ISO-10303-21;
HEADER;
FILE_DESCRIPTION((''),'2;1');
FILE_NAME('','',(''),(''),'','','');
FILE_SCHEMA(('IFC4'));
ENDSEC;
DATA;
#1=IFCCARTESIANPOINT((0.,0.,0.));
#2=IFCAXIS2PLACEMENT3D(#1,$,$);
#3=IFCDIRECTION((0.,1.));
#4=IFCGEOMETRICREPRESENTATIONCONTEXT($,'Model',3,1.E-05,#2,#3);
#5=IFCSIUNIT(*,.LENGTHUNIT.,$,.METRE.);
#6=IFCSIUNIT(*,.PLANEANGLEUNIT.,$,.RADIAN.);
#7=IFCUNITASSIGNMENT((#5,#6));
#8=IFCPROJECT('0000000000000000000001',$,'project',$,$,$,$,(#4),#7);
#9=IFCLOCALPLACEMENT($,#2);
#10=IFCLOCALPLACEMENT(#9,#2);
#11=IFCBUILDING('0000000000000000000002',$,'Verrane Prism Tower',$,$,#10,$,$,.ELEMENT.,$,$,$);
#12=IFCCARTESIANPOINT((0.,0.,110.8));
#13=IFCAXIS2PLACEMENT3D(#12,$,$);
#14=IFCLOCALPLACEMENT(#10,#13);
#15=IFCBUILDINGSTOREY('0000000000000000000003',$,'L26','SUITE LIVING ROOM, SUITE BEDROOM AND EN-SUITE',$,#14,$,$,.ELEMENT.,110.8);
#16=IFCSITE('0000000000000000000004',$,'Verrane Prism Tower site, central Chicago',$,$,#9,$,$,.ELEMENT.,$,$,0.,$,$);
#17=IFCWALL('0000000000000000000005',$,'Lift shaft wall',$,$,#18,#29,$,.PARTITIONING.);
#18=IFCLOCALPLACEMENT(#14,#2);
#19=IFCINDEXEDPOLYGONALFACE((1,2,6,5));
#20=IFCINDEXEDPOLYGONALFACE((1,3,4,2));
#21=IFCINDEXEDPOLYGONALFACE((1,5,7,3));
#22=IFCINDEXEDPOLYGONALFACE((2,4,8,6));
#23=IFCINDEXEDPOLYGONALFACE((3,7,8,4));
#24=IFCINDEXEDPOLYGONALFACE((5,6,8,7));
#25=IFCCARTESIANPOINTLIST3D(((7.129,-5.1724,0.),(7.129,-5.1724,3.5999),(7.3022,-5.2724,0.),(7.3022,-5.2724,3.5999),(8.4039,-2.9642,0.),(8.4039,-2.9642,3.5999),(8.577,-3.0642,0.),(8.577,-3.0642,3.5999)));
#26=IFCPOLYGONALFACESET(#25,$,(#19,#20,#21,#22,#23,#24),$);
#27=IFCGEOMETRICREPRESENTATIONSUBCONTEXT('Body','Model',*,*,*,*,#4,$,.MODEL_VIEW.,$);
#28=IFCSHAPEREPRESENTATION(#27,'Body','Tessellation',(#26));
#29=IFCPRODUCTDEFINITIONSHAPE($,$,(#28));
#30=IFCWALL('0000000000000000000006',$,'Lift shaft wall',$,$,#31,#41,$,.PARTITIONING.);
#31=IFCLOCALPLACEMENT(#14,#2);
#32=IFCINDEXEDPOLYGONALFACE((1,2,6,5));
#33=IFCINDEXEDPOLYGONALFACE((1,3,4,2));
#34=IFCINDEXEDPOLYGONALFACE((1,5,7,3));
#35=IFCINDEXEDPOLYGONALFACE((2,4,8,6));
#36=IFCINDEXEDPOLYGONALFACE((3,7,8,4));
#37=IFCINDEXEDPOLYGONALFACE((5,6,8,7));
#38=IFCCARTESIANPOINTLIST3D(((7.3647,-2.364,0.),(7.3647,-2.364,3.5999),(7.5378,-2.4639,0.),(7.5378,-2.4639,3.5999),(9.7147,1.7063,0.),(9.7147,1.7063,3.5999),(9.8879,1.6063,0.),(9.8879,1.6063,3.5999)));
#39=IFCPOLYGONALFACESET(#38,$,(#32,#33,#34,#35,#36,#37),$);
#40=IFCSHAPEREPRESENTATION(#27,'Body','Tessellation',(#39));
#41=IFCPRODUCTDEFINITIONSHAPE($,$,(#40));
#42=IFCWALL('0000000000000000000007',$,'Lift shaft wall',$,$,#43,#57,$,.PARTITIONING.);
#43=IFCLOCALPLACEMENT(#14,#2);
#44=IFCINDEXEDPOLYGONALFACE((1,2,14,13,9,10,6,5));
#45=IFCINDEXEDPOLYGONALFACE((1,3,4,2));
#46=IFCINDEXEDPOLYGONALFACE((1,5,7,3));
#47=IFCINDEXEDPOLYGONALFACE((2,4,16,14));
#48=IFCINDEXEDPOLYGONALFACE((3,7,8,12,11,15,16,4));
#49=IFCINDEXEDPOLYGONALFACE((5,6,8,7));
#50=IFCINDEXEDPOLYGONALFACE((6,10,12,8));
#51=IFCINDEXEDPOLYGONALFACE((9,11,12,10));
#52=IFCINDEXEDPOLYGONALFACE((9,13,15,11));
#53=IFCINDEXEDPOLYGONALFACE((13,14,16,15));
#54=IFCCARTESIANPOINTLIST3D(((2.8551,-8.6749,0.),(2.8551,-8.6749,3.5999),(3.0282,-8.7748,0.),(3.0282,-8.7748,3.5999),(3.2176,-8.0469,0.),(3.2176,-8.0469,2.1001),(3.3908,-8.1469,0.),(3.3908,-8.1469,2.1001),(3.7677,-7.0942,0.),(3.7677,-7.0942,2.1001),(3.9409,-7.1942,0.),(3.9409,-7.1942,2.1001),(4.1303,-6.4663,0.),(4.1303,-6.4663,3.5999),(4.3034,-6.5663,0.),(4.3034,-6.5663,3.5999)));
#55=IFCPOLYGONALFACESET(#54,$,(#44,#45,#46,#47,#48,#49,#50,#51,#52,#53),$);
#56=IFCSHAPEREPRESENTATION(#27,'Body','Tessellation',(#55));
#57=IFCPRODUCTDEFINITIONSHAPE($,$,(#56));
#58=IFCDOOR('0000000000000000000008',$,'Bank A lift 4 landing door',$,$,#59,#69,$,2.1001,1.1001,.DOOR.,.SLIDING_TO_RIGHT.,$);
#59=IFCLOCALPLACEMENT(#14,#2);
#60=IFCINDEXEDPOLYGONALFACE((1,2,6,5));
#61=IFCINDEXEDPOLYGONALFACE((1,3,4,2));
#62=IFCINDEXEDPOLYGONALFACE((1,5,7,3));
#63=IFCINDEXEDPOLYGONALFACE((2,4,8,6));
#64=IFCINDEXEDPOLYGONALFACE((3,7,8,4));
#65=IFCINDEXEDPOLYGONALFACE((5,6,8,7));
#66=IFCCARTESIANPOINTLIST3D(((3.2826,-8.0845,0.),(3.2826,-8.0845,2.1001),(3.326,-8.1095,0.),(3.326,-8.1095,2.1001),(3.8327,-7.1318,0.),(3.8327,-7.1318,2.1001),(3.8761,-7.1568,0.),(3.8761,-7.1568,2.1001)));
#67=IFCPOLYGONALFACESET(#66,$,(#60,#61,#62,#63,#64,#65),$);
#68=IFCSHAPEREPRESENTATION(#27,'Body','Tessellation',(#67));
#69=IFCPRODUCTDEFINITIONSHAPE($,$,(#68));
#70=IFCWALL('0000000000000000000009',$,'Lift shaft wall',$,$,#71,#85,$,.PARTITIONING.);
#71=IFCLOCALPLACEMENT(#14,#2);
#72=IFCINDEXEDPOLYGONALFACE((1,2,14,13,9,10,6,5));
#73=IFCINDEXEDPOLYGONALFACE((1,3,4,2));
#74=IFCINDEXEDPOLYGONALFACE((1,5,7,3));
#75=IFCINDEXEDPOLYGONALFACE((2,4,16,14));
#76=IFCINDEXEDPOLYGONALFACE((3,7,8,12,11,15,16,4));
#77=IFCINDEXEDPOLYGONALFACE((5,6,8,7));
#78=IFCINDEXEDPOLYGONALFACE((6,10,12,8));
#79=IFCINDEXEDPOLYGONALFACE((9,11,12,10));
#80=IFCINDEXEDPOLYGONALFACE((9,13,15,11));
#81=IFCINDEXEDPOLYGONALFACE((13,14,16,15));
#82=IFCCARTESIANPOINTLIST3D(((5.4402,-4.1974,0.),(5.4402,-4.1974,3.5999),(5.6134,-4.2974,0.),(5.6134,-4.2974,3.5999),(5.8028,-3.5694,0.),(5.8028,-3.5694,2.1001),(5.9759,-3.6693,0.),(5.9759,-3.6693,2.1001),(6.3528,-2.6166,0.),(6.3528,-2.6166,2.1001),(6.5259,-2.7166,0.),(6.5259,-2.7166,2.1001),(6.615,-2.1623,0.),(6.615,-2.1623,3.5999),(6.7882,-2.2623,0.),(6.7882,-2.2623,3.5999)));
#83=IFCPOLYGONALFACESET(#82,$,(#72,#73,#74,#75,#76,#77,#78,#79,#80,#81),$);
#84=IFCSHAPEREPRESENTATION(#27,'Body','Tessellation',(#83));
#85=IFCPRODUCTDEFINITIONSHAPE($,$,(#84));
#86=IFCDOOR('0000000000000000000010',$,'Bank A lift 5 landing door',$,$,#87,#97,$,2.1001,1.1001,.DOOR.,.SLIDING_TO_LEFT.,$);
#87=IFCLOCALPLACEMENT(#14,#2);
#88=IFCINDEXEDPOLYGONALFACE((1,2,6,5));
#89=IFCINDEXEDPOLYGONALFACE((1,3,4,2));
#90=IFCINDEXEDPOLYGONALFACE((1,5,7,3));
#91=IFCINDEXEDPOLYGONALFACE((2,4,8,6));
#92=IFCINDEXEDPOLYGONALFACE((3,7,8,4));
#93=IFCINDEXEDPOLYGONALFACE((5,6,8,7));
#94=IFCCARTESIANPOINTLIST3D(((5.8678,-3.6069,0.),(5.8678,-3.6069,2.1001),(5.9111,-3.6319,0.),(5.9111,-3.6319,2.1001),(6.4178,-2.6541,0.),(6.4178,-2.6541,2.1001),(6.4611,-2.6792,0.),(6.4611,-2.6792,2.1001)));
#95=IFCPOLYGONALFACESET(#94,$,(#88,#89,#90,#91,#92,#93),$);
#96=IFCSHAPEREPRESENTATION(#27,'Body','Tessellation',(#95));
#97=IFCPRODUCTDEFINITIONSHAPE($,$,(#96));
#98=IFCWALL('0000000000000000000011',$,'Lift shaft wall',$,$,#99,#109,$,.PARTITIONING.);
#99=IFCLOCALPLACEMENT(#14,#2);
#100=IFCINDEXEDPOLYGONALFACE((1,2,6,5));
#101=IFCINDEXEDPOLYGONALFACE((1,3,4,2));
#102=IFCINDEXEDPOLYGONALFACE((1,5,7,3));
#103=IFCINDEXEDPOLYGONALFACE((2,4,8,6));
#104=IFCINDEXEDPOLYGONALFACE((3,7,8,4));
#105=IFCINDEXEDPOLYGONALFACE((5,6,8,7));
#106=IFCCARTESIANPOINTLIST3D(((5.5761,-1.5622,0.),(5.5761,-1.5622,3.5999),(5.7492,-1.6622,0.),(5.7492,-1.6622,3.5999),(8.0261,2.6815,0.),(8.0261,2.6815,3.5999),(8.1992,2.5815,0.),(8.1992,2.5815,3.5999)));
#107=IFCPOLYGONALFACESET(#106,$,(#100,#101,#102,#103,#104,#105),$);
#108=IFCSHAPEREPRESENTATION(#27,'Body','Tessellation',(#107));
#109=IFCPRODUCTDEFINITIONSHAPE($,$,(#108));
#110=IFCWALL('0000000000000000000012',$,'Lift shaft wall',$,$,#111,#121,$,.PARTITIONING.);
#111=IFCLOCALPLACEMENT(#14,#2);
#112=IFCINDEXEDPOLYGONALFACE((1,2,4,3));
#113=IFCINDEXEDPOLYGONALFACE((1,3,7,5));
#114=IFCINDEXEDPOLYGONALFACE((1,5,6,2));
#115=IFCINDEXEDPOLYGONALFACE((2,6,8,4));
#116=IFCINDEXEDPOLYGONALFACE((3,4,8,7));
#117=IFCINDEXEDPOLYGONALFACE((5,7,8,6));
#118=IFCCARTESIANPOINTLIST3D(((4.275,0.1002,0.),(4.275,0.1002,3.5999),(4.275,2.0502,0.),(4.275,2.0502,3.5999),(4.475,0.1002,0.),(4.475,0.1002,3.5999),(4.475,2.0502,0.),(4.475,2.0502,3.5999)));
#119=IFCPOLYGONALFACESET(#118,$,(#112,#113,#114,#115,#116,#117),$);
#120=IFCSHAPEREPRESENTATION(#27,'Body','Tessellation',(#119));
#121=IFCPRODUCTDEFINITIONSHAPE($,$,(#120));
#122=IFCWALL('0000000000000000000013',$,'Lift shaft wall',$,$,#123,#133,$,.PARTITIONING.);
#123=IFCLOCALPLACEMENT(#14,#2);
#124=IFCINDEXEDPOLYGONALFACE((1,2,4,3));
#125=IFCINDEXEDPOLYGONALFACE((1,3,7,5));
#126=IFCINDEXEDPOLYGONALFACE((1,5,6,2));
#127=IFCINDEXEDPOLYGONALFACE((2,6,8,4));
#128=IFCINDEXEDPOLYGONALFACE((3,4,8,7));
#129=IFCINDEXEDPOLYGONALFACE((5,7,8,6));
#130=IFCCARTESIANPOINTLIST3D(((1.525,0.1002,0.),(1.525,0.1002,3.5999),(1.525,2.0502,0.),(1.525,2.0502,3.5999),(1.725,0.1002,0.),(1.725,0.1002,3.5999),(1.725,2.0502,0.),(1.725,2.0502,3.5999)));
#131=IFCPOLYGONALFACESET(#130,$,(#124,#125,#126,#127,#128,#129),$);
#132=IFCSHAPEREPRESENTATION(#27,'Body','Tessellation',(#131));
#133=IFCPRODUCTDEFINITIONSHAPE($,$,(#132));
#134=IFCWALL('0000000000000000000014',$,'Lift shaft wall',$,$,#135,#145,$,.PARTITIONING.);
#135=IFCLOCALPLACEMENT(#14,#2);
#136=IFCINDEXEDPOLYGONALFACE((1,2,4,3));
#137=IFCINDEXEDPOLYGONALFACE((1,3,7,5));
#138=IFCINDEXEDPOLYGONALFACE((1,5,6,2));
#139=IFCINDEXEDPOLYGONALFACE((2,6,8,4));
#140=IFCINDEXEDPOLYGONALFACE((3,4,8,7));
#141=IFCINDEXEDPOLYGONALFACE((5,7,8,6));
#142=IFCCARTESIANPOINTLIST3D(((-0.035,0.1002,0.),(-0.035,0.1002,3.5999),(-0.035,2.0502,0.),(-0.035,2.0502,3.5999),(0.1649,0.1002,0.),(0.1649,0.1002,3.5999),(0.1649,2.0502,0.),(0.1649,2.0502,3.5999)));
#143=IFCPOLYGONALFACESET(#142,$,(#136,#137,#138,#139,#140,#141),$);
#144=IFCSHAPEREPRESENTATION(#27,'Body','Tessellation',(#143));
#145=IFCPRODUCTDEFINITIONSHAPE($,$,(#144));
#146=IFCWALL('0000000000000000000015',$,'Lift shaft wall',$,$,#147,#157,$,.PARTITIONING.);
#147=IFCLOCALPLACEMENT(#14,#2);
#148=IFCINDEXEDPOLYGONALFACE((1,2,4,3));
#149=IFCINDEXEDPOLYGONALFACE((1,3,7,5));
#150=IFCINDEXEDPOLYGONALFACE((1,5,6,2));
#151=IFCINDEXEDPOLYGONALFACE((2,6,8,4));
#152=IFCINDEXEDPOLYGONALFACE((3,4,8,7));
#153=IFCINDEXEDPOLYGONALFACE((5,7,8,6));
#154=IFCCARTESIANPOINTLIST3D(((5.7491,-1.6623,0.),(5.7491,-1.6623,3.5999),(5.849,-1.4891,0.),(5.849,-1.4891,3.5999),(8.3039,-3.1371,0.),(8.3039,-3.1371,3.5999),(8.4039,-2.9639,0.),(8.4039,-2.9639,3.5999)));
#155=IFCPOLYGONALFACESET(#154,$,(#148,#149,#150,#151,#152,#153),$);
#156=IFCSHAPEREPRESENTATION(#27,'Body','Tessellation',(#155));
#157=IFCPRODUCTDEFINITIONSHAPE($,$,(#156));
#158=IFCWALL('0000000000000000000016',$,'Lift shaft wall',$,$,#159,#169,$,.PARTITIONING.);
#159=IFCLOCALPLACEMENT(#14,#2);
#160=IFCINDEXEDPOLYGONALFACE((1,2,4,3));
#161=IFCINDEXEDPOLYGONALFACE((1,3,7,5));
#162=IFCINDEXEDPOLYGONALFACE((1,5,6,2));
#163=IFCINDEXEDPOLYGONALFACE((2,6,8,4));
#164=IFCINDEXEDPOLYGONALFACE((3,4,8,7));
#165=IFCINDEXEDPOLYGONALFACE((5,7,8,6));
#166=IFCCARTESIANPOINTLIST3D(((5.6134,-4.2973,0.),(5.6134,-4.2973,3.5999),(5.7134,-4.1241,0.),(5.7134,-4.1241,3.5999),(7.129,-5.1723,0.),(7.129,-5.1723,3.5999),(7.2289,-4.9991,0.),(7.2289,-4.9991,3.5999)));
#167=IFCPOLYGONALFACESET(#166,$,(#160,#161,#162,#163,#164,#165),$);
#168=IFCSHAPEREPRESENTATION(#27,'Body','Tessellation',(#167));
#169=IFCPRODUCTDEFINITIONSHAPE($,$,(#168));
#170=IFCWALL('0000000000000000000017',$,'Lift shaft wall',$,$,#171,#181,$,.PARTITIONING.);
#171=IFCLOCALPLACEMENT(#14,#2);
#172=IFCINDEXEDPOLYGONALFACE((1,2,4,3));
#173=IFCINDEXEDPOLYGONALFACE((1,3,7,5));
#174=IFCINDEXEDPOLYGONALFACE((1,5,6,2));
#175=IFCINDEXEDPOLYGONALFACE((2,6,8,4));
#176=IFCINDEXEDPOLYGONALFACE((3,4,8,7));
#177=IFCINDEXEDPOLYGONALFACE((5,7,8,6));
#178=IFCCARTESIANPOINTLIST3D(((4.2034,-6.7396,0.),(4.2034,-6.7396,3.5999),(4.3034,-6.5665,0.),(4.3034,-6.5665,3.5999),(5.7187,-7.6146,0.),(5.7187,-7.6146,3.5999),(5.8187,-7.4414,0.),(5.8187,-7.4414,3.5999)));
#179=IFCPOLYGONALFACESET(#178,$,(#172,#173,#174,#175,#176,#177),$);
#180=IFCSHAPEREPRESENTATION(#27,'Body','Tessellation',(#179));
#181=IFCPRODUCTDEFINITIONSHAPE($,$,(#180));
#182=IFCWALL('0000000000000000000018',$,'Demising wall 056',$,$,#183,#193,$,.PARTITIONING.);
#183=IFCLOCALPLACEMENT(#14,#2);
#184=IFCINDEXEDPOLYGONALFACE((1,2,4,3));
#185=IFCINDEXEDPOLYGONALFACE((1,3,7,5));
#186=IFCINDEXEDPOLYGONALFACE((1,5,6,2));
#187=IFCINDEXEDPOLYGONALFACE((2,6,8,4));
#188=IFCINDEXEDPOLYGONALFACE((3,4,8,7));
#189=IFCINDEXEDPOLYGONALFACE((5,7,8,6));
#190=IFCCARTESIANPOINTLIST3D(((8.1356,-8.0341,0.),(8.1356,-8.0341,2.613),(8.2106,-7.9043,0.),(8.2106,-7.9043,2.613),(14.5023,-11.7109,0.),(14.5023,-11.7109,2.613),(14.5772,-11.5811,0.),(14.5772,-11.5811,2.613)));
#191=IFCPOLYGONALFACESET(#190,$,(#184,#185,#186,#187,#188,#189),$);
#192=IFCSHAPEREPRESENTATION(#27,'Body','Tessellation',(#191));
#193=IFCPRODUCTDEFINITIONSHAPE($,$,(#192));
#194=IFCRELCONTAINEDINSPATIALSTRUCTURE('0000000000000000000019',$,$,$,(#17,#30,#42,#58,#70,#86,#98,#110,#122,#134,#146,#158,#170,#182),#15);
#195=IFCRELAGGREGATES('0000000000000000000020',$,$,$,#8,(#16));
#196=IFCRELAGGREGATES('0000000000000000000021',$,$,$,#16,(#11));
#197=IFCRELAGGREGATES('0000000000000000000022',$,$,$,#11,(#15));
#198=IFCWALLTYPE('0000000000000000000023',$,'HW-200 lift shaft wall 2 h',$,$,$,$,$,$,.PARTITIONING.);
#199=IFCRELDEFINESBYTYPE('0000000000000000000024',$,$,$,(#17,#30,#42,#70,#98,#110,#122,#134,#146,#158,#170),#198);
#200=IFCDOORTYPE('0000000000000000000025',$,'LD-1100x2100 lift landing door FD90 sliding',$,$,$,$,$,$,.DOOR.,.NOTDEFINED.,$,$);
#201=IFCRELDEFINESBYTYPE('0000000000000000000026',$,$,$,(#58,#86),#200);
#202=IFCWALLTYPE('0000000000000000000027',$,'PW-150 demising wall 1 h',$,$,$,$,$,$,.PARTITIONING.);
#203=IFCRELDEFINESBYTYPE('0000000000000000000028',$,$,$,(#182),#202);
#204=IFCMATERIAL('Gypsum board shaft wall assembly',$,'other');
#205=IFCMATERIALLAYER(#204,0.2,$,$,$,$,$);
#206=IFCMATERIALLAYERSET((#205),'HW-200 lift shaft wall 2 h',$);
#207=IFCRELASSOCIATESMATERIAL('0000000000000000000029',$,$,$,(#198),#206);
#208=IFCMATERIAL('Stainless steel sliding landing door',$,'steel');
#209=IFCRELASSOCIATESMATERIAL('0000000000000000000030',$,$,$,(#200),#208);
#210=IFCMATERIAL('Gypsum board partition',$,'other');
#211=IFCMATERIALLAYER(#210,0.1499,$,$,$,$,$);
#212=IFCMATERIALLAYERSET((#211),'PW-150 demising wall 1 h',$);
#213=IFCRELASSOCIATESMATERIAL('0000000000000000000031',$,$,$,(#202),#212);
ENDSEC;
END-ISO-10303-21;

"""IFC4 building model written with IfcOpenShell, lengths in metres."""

from ifc_helpers import new_model, si_unit, direction, frame, frame_2d, origin, place, context, subcontext, project, spatial, rectangle, extrude, material, layer, layer_set, type_object, element, fill, save


model = new_model("IFC4")

# Units and contexts
model_context = context("Model", 3, precision=1e-05, world=origin(), true_north=direction((0.0, 1.0)))
body_context = subcontext(model_context, "Body", "Model", "MODEL_VIEW")
ifc_project = project(units=[si_unit("LENGTHUNIT", "METRE"), si_unit("PLANEANGLEUNIT", "RADIAN")], contexts=[model_context])

# Site, building, storey
site_placement = place(None, origin())
site = spatial("IfcSite", under=ifc_project, at=site_placement, Name="Verrane Prism Tower site, central Chicago", CompositionType="ELEMENT", RefElevation=0.0)
building_placement = place(site_placement, origin())
building = spatial("IfcBuilding", under=site, at=building_placement, Name="Verrane Prism Tower", CompositionType="ELEMENT")
storey_placement = place(building_placement, frame((0.0, 0.0, 110.8)))
storey = spatial("IfcBuildingStorey", under=building, at=storey_placement, Name="L26", Description="SUITE LIVING ROOM, SUITE BEDROOM AND EN-SUITE", CompositionType="ELEMENT", Elevation=110.8)

# Walls
ifc_material_1 = material(Name="Gypsum board shaft wall assembly", Category="other")
ifc_layer_1 = layer(ifc_material_1, 0.2)
ifc_layer_set_1 = layer_set([ifc_layer_1], Name="HW-200 lift shaft wall 2 h")
wall_type_1 = type_object("IfcWallType", Name="HW-200 lift shaft wall 2 h", PredefinedType="PARTITIONING", material=ifc_layer_set_1)
wall_1_placement = place(storey_placement, frame((7.2156, -5.2224, 0.0), z_axis=(0.0, 0.0, 1.0), x_axis=(0.49999, 0.866031, 0.0)))
element("IfcWall", 1, at=wall_1_placement, inside=storey, type_object=wall_type_1, Name="Lift shaft wall", PredefinedType="PARTITIONING", context=body_context, shape_type="SweptSolid", body=[
    extrude(rectangle(XDim=2.5498, YDim=0.2, at=frame_2d((1.2749, 0.0))), origin(), (0.0, 0.0, 1.0), 3.5999),
])
wall_2_placement = place(storey_placement, frame((7.4512, -2.4141, 0.0), z_axis=(0.0, 0.0, 1.0), x_axis=(0.500016, 0.866016, 0.0)))
element("IfcWall", 2, at=wall_2_placement, inside=storey, type_object=wall_type_1, Name="Lift shaft wall", PredefinedType="PARTITIONING", context=body_context, shape_type="SweptSolid", body=[
    extrude(rectangle(XDim=4.7, YDim=0.2, at=frame_2d((2.3501, 0.0))), origin(), (0.0, 0.0, 1.0), 3.5999),
])

# Walls, openings, doors
wall_3_placement = place(storey_placement, frame((2.9417, -8.7249, 0.0), z_axis=(0.0, 0.0, 1.0), x_axis=(0.500021, 0.866013, 0.0)))
wall_3 = element("IfcWall", 3, at=wall_3_placement, inside=storey, type_object=wall_type_1, Name="Lift shaft wall", PredefinedType="PARTITIONING", context=body_context, shape_type="SweptSolid", body=[
    extrude(rectangle(XDim=2.5503, YDim=0.2, at=frame_2d((1.2751, 0.0))), origin(), (0.0, 0.0, 1.0), 3.5999),
])
opening_1_placement = place(wall_3_placement, frame((0.7251, 0.0, 0.0)))
opening_1 = element("IfcOpeningElement", 4, at=opening_1_placement, cuts=wall_3, PredefinedType="OPENING", context=body_context, shape_type="SweptSolid", body=[
    extrude(rectangle(XDim=1.1001, YDim=2.1001, at=frame_2d((0.55, 1.05))), frame((0.0, 0.1099, 0.0), z_axis=(0.0, -1.0, 0.0), x_axis=(1.0, 0.0, 0.0)), (0.0, 0.0, 1.0), 0.22),
])
ifc_material_2 = material(Name="Stainless steel sliding landing door", Category="steel")
door_type_1 = type_object("IfcDoorType", Name="LD-1100x2100 lift landing door FD90 sliding", OperationType="NOTDEFINED", PredefinedType="DOOR", material=ifc_material_2)
door_1_placement = place(opening_1_placement, origin())
door_1 = element("IfcDoor", 5, at=door_1_placement, inside=storey, type_object=door_type_1, Name="Bank A lift 4 landing door", OperationType="SLIDING_TO_RIGHT", OverallHeight=2.1001, OverallWidth=1.1001, PredefinedType="DOOR", context=body_context, shape_type="SweptSolid", body=[
    extrude(rectangle(XDim=1.1001, YDim=2.1001, at=frame_2d((0.55, 1.05))), frame((0.0, 0.0249, 0.0), z_axis=(0.0, -1.0, 0.0), x_axis=(1.0, 0.0, 0.0)), (0.0, 0.0, 1.0), 0.05),
])
fill(opening_1, door_1)
wall_4_placement = place(storey_placement, frame((5.5269, -4.2473, 0.0), z_axis=(0.0, 0.0, 1.0), x_axis=(0.499938, 0.866061, 0.0)))
wall_4 = element("IfcWall", 6, at=wall_4_placement, inside=storey, type_object=wall_type_1, Name="Lift shaft wall", PredefinedType="PARTITIONING", context=body_context, shape_type="SweptSolid", body=[
    extrude(rectangle(XDim=2.3499, YDim=0.2, at=frame_2d((1.1748, 0.0))), origin(), (0.0, 0.0, 1.0), 3.5999),
])
opening_2_placement = place(wall_4_placement, frame((0.7251, 0.0, 0.0)))
opening_2 = element("IfcOpeningElement", 7, at=opening_2_placement, cuts=wall_4, PredefinedType="OPENING", context=body_context, shape_type="SweptSolid", body=[
    extrude(rectangle(XDim=1.1001, YDim=2.1001, at=frame_2d((0.55, 1.05))), frame((0.0, 0.1099, 0.0), z_axis=(0.0, -1.0, 0.0), x_axis=(1.0, 0.0, 0.0)), (0.0, 0.0, 1.0), 0.22),
])
door_2_placement = place(opening_2_placement, origin())
door_2 = element("IfcDoor", 8, at=door_2_placement, inside=storey, type_object=door_type_1, Name="Bank A lift 5 landing door", OperationType="SLIDING_TO_LEFT", OverallHeight=2.1001, OverallWidth=1.1001, PredefinedType="DOOR", context=body_context, shape_type="SweptSolid", body=[
    extrude(rectangle(XDim=1.1001, YDim=2.1001, at=frame_2d((0.55, 1.05))), frame((0.0, 0.0249, 0.0), z_axis=(0.0, -1.0, 0.0), x_axis=(1.0, 0.0, 0.0)), (0.0, 0.0, 1.0), 0.05),
])
fill(opening_2, door_2)

# Walls
wall_5_placement = place(storey_placement, frame((5.6626, -1.6123, 0.0), z_axis=(0.0, 0.0, 1.0), x_axis=(0.499981, 0.866036, 0.0)))
element("IfcWall", 9, at=wall_5_placement, inside=storey, type_object=wall_type_1, Name="Lift shaft wall", PredefinedType="PARTITIONING", context=body_context, shape_type="SweptSolid", body=[
    extrude(rectangle(XDim=4.9001, YDim=0.2, at=frame_2d((2.4502, 0.0))), origin(), (0.0, 0.0, 1.0), 3.5999),
])
for number, where, z_axis, x_axis, name in (
    (10, (4.375, 0.1001, 0.0), (0.0, 0.0, 1.0), (0.0, 1.0, 0.0), "Lift shaft wall"),
    (11, (1.625, 0.1001, 0.0), (0.0, 0.0, 1.0), (0.0, 1.0, 0.0), "Lift shaft wall"),
    (12, (0.0649, 0.1001, 0.0), (0.0, 0.0, 1.0), (0.0, 1.0, 0.0), "Lift shaft wall"),
):
    element("IfcWall", number, at=place(storey_placement, frame(where, z_axis=z_axis, x_axis=x_axis)), inside=storey, type_object=wall_type_1, Name=name, PredefinedType="PARTITIONING", context=body_context, shape_type="SweptSolid", body=[
        extrude(rectangle(XDim=1.95, YDim=0.2, at=frame_2d((0.9751, 0.0))), origin(), (0.0, 0.0, 1.0), 3.5999),
    ])
wall_6_placement = place(storey_placement, frame((8.354, -3.0505, 0.0), z_axis=(0.0, 0.0, 1.0), x_axis=(-0.86606, 0.49994, 0.0)))
element("IfcWall", 13, at=wall_6_placement, inside=storey, type_object=wall_type_1, Name="Lift shaft wall", PredefinedType="PARTITIONING", context=body_context, shape_type="SweptSolid", body=[
    extrude(rectangle(XDim=2.95, YDim=0.2, at=frame_2d((1.4751, 0.0))), origin(), (0.0, 0.0, 1.0), 3.5999),
])
wall_7_placement = place(storey_placement, frame((7.179, -5.0857, 0.0), z_axis=(0.0, 0.0, 1.0), x_axis=(-0.866037, 0.49998, 0.0)))
element("IfcWall", 14, at=wall_7_placement, inside=storey, type_object=wall_type_1, Name="Lift shaft wall", PredefinedType="PARTITIONING", context=body_context, shape_type="SweptSolid", body=[
    extrude(rectangle(XDim=1.75, YDim=0.2, at=frame_2d((0.875, 0.0))), origin(), (0.0, 0.0, 1.0), 3.5999),
])
wall_8_placement = place(storey_placement, frame((5.7688, -7.5281, 0.0), z_axis=(0.0, 0.0, 1.0), x_axis=(-0.866002, 0.50004, 0.0)))
element("IfcWall", 15, at=wall_8_placement, inside=storey, type_object=wall_type_1, Name="Lift shaft wall", PredefinedType="PARTITIONING", context=body_context, shape_type="SweptSolid", body=[
    extrude(rectangle(XDim=1.7498, YDim=0.2, at=frame_2d((0.875, 0.0))), origin(), (0.0, 0.0, 1.0), 3.5999),
])
ifc_material_3 = material(Name="Gypsum board partition", Category="other")
ifc_layer_2 = layer(ifc_material_3, 0.1499)
ifc_layer_set_2 = layer_set([ifc_layer_2], Name="PW-150 demising wall 1 h")
wall_type_2 = type_object("IfcWallType", Name="PW-150 demising wall 1 h", PredefinedType="PARTITIONING", material=ifc_layer_set_2)
wall_9_placement = place(storey_placement, frame((8.1731, -7.9692, 0.0), z_axis=(0.0, 0.0, 1.0), x_axis=(0.86597, -0.500096, 0.0)))
element("IfcWall", 16, at=wall_9_placement, inside=storey, type_object=wall_type_2, Name="Demising wall 056", PredefinedType="PARTITIONING", context=body_context, shape_type="SweptSolid", body=[
    extrude(rectangle(XDim=7.3521, YDim=0.1499, at=frame_2d((3.676, 0.0))), origin(), (0.0, 0.0, 1.0), 2.613),
])

save(model, "model.ifc")
